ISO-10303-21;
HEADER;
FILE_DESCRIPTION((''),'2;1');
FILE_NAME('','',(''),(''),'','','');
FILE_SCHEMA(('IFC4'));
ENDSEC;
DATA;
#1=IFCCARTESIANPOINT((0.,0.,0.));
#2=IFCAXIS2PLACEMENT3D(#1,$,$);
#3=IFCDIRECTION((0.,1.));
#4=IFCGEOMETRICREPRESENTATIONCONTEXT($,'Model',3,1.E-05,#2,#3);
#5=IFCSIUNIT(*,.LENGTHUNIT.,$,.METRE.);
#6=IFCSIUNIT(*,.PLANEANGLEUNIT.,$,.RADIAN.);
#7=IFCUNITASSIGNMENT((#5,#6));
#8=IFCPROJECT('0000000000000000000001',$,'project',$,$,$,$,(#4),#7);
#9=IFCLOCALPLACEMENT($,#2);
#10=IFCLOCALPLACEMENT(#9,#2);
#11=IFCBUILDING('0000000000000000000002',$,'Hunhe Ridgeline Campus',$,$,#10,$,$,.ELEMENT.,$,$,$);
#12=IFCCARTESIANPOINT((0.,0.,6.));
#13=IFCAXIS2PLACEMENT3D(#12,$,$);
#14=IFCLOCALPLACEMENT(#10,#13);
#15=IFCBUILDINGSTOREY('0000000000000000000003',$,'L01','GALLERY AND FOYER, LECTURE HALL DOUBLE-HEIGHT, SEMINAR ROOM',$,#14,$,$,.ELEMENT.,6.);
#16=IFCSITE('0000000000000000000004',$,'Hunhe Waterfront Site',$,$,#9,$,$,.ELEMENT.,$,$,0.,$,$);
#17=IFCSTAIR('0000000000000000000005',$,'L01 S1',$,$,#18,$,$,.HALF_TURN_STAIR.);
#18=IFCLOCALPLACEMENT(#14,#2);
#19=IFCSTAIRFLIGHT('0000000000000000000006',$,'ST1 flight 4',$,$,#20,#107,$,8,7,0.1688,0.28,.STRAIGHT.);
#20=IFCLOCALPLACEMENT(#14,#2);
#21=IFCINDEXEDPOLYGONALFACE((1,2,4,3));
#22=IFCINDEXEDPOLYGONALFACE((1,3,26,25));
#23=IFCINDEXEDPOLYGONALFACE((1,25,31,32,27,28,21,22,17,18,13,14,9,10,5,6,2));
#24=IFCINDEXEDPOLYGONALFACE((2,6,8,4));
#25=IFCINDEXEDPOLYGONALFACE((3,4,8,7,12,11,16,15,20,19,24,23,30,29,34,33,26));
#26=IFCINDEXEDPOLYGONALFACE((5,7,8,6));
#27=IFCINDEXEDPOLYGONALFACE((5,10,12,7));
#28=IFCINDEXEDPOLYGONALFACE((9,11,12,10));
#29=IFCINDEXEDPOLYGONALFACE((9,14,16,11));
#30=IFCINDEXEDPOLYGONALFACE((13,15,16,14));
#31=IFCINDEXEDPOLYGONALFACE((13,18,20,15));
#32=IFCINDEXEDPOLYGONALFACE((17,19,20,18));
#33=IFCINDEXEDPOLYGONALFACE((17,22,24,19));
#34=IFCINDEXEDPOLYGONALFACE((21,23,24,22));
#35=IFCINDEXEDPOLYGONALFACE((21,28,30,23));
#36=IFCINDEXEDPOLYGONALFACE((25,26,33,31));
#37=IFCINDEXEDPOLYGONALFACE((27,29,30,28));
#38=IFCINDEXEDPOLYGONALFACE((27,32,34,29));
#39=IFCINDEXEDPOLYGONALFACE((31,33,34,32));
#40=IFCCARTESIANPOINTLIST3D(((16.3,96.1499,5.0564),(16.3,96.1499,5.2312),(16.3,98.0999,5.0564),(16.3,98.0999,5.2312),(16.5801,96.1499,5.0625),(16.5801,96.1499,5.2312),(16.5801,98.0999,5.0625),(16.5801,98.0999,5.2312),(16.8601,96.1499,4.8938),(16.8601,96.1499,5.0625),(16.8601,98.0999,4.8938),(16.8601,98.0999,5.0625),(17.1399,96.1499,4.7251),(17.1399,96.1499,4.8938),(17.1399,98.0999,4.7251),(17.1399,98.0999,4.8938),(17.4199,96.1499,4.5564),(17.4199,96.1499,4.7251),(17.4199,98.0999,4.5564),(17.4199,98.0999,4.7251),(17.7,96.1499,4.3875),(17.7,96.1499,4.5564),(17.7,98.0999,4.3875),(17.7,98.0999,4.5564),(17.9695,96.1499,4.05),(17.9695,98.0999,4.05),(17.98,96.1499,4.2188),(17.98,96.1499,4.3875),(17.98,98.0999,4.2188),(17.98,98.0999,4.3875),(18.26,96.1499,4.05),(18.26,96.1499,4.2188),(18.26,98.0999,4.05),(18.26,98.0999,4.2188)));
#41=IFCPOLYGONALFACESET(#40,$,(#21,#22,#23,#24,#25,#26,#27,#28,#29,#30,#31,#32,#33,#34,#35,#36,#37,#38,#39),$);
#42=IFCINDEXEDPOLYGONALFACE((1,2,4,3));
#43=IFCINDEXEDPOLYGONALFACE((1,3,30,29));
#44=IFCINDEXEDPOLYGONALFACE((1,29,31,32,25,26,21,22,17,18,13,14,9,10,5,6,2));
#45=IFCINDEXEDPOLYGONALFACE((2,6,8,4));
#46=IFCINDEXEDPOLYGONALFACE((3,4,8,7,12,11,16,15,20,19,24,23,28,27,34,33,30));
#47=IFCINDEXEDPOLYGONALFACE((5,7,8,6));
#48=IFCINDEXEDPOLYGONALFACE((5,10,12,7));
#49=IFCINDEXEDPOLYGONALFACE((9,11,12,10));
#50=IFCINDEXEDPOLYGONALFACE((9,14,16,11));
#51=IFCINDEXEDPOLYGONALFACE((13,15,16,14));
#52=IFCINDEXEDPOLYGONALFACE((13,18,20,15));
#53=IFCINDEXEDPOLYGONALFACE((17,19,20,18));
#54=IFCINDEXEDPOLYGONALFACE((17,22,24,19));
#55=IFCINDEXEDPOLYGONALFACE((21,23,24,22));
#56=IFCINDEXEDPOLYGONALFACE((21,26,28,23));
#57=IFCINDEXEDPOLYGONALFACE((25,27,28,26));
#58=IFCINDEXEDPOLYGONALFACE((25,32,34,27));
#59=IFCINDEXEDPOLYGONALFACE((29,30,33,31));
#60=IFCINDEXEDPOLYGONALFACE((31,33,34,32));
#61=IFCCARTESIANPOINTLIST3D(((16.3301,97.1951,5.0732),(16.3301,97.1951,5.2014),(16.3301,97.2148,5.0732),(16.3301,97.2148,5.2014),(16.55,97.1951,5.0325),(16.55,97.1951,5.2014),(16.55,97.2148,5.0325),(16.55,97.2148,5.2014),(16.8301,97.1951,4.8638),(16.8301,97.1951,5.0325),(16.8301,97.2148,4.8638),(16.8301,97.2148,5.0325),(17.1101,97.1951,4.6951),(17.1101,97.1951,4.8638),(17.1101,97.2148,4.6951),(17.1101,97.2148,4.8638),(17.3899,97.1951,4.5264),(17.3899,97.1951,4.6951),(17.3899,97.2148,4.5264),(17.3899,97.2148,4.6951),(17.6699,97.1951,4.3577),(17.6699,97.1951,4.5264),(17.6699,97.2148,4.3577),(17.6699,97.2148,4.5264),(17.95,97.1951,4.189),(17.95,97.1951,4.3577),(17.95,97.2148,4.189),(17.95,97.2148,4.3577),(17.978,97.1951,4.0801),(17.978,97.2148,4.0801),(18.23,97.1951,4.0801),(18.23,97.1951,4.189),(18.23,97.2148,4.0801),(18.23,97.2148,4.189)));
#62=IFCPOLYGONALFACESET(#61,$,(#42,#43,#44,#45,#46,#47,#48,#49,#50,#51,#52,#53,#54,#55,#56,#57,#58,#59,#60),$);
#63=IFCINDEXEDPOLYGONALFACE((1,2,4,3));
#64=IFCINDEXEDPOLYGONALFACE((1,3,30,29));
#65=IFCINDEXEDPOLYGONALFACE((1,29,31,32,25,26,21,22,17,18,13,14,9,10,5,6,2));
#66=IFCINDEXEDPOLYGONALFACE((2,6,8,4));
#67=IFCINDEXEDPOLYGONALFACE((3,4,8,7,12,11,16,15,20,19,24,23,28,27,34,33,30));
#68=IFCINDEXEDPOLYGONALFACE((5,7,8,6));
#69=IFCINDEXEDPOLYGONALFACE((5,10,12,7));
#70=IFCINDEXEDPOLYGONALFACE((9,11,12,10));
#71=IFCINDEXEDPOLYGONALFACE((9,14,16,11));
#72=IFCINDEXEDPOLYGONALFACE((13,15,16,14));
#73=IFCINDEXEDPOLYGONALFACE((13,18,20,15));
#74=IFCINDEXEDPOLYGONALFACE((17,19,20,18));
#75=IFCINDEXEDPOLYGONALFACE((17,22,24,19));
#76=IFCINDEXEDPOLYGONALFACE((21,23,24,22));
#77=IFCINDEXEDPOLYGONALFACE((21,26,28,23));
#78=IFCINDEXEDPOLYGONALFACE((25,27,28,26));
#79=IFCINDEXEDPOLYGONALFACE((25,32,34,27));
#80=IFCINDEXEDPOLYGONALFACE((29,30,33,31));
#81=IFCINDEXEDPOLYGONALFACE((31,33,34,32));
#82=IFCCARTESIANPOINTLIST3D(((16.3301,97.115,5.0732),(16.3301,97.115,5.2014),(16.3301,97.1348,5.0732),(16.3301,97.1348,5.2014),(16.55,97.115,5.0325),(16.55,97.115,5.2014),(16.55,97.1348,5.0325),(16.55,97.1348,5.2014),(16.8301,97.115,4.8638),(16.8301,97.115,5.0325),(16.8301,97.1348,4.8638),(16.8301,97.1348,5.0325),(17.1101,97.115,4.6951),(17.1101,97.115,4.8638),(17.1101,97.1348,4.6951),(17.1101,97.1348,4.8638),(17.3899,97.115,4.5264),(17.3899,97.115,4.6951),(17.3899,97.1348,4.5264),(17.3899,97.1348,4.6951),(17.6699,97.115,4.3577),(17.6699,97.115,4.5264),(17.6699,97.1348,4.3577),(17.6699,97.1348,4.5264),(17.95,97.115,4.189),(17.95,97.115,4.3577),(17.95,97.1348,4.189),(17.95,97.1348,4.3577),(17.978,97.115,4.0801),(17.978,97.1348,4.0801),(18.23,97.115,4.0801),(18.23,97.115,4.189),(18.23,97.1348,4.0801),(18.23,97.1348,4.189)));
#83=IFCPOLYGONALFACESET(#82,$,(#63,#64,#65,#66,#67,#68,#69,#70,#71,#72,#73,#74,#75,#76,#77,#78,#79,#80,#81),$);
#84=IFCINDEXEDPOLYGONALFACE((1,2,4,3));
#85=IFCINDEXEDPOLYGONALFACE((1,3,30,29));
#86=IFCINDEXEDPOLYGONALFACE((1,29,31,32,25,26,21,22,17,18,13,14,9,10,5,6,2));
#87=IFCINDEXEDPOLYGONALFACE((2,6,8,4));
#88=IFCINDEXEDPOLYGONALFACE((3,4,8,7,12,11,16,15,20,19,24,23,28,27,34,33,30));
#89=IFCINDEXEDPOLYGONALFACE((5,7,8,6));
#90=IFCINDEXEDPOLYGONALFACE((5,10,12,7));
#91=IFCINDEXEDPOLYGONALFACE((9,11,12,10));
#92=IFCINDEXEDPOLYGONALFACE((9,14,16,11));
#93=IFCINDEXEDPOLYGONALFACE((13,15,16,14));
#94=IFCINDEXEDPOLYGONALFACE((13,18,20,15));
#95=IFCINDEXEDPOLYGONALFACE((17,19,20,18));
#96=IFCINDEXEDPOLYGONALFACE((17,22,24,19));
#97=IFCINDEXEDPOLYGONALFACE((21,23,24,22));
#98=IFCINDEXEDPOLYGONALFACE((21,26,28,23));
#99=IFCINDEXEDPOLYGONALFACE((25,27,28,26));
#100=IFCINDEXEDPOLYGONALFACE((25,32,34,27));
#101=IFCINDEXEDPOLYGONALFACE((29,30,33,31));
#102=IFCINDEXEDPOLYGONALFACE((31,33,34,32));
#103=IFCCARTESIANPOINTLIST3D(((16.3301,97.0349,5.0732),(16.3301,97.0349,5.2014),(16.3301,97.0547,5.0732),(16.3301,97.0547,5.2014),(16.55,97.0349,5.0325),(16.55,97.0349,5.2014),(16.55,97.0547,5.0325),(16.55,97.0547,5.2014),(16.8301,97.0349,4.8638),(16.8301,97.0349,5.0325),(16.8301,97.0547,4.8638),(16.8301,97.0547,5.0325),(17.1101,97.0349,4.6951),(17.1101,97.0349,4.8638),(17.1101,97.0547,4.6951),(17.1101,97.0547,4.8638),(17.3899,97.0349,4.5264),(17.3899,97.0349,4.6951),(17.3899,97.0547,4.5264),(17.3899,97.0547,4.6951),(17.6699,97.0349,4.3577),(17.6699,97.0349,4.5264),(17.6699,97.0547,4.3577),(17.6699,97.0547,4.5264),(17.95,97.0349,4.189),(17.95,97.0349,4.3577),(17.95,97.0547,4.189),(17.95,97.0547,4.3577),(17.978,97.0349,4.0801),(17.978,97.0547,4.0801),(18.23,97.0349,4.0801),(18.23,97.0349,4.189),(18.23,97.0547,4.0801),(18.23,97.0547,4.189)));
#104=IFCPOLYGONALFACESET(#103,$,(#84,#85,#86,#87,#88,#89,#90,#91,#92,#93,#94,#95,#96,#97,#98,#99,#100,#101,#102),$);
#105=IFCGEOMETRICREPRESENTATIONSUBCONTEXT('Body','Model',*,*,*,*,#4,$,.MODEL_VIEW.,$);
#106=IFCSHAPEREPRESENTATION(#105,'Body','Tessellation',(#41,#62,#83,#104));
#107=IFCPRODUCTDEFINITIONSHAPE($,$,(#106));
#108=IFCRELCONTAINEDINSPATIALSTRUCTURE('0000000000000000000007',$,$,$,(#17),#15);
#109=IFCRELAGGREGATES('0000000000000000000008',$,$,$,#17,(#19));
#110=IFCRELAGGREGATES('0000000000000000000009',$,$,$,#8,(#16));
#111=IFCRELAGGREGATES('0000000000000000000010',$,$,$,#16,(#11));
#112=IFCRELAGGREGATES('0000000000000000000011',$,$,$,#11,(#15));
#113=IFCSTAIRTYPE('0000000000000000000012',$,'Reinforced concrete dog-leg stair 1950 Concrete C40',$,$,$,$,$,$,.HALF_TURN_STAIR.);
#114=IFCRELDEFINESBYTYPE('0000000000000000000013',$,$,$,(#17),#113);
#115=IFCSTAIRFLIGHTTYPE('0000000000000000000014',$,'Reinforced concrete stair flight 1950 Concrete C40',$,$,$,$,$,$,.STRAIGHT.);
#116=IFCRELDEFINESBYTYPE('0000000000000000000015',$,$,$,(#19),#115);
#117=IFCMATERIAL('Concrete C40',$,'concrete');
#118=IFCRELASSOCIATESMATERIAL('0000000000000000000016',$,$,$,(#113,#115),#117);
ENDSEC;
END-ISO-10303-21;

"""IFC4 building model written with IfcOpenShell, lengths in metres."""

from ifc_helpers import new_model, si_unit, direction, frame, origin, place, context, subcontext, project, spatial, polyline, outline, extrude, material, type_object, element, aggregate, save


model = new_model("IFC4")

# Units and contexts
model_context = context("Model", 3, precision=1e-05, world=origin(), true_north=direction((0.0, 1.0)))
body_context = subcontext(model_context, "Body", "Model", "MODEL_VIEW")
ifc_project = project(units=[si_unit("LENGTHUNIT", "METRE"), si_unit("PLANEANGLEUNIT", "RADIAN")], contexts=[model_context])

# Site, building, storey
site_placement = place(None, origin())
site = spatial("IfcSite", under=ifc_project, at=site_placement, Name="Hunhe Waterfront Site", CompositionType="ELEMENT", RefElevation=0.0)
building_placement = place(site_placement, origin())
building = spatial("IfcBuilding", under=site, at=building_placement, Name="Hunhe Ridgeline Campus", CompositionType="ELEMENT")
storey_placement = place(building_placement, frame((0.0, 0.0, 6.0)))
storey = spatial("IfcBuildingStorey", under=building, at=storey_placement, Name="L01", Description="GALLERY AND FOYER, LECTURE HALL DOUBLE-HEIGHT, SEMINAR ROOM", CompositionType="ELEMENT", Elevation=6.0)

# Stair, stair flight
ifc_material_1 = material(Name="Concrete C40", Category="concrete")
stair_type = type_object("IfcStairType", Name="Reinforced concrete dog-leg stair 1950 Concrete C40", PredefinedType="HALF_TURN_STAIR", material=ifc_material_1)
stair_placement = place(storey_placement, origin())
stair = element("IfcStair", 1, at=stair_placement, inside=storey, type_object=stair_type, Name="L01 S1", PredefinedType="HALF_TURN_STAIR")
stair_flight_type = type_object("IfcStairFlightType", Name="Reinforced concrete stair flight 1950 Concrete C40", PredefinedType="STRAIGHT", material=ifc_material_1)
stair_flight_1_placement = place(storey_placement, frame((18.26, 97.125, 4.05), z_axis=(0.0, 0.0, 1.0), x_axis=(-1.0, 0.0, 0.0)))
stair_flight_1 = element("IfcStairFlight", 2, at=stair_flight_1_placement, type_object=stair_flight_type, Name="ST1 flight 4", NumberOfRisers=8, NumberOfTreads=7, PredefinedType="STRAIGHT", RiserHeight=0.1688, TreadLength=0.28, context=body_context, shape_type="SweptSolid", body=[
    extrude(outline(polyline([(0.0, 0.0), (0.0, 0.1687), (0.28, 0.1687), (0.28, 0.3374), (0.5601, 0.3374), (0.5601, 0.5063), (0.8401, 0.5063), (0.8401, 0.675), (1.1201, 0.675), (1.1201, 0.8438), (1.3999, 0.8438), (1.3999, 1.0125), (1.6799, 1.0125), (1.6799, 1.1812), (1.96, 1.1812), (1.96, 1.3501), (1.96, 1.0063), (0.2905, 0.0), (0.0, 0.0)])), frame((0.0, 0.9751, 0.0), z_axis=(0.0, -1.0, 0.0), x_axis=(1.0, 0.0, 0.0)), (0.0, 0.0, 1.0), 1.95),
    extrude(outline(polyline([(0.03, 0.03), (0.03, 0.1389), (0.3101, 0.1389), (0.3101, 0.3076), (0.5901, 0.3076), (0.5901, 0.4763), (0.8701, 0.4763), (0.8701, 0.645), (1.1499, 0.645), (1.1499, 0.8137), (1.4299, 0.8137), (1.4299, 0.9824), (1.71, 0.9824), (1.71, 1.1514), (1.9299, 1.1514), (1.9299, 1.0232), (0.282, 0.03), (0.03, 0.03)])), frame((0.0, -0.0701, 0.0), z_axis=(0.0, -1.0, 0.0), x_axis=(1.0, 0.0, 0.0)), (0.0, 0.0, 1.0), 0.0198),
    extrude(outline(polyline([(0.03, 0.03), (0.03, 0.1389), (0.3101, 0.1389), (0.3101, 0.3076), (0.5901, 0.3076), (0.5901, 0.4763), (0.8701, 0.4763), (0.8701, 0.645), (1.1499, 0.645), (1.1499, 0.8137), (1.4299, 0.8137), (1.4299, 0.9824), (1.71, 0.9824), (1.71, 1.1514), (1.9299, 1.1514), (1.9299, 1.0232), (0.282, 0.03), (0.03, 0.03)])), frame((0.0, 0.01, 0.0), z_axis=(0.0, -1.0, 0.0), x_axis=(1.0, 0.0, 0.0)), (0.0, 0.0, 1.0), 0.0198),
    extrude(outline(polyline([(0.03, 0.03), (0.03, 0.1389), (0.3101, 0.1389), (0.3101, 0.3076), (0.5901, 0.3076), (0.5901, 0.4763), (0.8701, 0.4763), (0.8701, 0.645), (1.1499, 0.645), (1.1499, 0.8137), (1.4299, 0.8137), (1.4299, 0.9824), (1.71, 0.9824), (1.71, 1.1514), (1.9299, 1.1514), (1.9299, 1.0232), (0.282, 0.03), (0.03, 0.03)])), frame((0.0, 0.0901, 0.0), z_axis=(0.0, -1.0, 0.0), x_axis=(1.0, 0.0, 0.0)), (0.0, 0.0, 1.0), 0.0198),
])
aggregate(stair, [stair_flight_1])

save(model, "model.ifc")
